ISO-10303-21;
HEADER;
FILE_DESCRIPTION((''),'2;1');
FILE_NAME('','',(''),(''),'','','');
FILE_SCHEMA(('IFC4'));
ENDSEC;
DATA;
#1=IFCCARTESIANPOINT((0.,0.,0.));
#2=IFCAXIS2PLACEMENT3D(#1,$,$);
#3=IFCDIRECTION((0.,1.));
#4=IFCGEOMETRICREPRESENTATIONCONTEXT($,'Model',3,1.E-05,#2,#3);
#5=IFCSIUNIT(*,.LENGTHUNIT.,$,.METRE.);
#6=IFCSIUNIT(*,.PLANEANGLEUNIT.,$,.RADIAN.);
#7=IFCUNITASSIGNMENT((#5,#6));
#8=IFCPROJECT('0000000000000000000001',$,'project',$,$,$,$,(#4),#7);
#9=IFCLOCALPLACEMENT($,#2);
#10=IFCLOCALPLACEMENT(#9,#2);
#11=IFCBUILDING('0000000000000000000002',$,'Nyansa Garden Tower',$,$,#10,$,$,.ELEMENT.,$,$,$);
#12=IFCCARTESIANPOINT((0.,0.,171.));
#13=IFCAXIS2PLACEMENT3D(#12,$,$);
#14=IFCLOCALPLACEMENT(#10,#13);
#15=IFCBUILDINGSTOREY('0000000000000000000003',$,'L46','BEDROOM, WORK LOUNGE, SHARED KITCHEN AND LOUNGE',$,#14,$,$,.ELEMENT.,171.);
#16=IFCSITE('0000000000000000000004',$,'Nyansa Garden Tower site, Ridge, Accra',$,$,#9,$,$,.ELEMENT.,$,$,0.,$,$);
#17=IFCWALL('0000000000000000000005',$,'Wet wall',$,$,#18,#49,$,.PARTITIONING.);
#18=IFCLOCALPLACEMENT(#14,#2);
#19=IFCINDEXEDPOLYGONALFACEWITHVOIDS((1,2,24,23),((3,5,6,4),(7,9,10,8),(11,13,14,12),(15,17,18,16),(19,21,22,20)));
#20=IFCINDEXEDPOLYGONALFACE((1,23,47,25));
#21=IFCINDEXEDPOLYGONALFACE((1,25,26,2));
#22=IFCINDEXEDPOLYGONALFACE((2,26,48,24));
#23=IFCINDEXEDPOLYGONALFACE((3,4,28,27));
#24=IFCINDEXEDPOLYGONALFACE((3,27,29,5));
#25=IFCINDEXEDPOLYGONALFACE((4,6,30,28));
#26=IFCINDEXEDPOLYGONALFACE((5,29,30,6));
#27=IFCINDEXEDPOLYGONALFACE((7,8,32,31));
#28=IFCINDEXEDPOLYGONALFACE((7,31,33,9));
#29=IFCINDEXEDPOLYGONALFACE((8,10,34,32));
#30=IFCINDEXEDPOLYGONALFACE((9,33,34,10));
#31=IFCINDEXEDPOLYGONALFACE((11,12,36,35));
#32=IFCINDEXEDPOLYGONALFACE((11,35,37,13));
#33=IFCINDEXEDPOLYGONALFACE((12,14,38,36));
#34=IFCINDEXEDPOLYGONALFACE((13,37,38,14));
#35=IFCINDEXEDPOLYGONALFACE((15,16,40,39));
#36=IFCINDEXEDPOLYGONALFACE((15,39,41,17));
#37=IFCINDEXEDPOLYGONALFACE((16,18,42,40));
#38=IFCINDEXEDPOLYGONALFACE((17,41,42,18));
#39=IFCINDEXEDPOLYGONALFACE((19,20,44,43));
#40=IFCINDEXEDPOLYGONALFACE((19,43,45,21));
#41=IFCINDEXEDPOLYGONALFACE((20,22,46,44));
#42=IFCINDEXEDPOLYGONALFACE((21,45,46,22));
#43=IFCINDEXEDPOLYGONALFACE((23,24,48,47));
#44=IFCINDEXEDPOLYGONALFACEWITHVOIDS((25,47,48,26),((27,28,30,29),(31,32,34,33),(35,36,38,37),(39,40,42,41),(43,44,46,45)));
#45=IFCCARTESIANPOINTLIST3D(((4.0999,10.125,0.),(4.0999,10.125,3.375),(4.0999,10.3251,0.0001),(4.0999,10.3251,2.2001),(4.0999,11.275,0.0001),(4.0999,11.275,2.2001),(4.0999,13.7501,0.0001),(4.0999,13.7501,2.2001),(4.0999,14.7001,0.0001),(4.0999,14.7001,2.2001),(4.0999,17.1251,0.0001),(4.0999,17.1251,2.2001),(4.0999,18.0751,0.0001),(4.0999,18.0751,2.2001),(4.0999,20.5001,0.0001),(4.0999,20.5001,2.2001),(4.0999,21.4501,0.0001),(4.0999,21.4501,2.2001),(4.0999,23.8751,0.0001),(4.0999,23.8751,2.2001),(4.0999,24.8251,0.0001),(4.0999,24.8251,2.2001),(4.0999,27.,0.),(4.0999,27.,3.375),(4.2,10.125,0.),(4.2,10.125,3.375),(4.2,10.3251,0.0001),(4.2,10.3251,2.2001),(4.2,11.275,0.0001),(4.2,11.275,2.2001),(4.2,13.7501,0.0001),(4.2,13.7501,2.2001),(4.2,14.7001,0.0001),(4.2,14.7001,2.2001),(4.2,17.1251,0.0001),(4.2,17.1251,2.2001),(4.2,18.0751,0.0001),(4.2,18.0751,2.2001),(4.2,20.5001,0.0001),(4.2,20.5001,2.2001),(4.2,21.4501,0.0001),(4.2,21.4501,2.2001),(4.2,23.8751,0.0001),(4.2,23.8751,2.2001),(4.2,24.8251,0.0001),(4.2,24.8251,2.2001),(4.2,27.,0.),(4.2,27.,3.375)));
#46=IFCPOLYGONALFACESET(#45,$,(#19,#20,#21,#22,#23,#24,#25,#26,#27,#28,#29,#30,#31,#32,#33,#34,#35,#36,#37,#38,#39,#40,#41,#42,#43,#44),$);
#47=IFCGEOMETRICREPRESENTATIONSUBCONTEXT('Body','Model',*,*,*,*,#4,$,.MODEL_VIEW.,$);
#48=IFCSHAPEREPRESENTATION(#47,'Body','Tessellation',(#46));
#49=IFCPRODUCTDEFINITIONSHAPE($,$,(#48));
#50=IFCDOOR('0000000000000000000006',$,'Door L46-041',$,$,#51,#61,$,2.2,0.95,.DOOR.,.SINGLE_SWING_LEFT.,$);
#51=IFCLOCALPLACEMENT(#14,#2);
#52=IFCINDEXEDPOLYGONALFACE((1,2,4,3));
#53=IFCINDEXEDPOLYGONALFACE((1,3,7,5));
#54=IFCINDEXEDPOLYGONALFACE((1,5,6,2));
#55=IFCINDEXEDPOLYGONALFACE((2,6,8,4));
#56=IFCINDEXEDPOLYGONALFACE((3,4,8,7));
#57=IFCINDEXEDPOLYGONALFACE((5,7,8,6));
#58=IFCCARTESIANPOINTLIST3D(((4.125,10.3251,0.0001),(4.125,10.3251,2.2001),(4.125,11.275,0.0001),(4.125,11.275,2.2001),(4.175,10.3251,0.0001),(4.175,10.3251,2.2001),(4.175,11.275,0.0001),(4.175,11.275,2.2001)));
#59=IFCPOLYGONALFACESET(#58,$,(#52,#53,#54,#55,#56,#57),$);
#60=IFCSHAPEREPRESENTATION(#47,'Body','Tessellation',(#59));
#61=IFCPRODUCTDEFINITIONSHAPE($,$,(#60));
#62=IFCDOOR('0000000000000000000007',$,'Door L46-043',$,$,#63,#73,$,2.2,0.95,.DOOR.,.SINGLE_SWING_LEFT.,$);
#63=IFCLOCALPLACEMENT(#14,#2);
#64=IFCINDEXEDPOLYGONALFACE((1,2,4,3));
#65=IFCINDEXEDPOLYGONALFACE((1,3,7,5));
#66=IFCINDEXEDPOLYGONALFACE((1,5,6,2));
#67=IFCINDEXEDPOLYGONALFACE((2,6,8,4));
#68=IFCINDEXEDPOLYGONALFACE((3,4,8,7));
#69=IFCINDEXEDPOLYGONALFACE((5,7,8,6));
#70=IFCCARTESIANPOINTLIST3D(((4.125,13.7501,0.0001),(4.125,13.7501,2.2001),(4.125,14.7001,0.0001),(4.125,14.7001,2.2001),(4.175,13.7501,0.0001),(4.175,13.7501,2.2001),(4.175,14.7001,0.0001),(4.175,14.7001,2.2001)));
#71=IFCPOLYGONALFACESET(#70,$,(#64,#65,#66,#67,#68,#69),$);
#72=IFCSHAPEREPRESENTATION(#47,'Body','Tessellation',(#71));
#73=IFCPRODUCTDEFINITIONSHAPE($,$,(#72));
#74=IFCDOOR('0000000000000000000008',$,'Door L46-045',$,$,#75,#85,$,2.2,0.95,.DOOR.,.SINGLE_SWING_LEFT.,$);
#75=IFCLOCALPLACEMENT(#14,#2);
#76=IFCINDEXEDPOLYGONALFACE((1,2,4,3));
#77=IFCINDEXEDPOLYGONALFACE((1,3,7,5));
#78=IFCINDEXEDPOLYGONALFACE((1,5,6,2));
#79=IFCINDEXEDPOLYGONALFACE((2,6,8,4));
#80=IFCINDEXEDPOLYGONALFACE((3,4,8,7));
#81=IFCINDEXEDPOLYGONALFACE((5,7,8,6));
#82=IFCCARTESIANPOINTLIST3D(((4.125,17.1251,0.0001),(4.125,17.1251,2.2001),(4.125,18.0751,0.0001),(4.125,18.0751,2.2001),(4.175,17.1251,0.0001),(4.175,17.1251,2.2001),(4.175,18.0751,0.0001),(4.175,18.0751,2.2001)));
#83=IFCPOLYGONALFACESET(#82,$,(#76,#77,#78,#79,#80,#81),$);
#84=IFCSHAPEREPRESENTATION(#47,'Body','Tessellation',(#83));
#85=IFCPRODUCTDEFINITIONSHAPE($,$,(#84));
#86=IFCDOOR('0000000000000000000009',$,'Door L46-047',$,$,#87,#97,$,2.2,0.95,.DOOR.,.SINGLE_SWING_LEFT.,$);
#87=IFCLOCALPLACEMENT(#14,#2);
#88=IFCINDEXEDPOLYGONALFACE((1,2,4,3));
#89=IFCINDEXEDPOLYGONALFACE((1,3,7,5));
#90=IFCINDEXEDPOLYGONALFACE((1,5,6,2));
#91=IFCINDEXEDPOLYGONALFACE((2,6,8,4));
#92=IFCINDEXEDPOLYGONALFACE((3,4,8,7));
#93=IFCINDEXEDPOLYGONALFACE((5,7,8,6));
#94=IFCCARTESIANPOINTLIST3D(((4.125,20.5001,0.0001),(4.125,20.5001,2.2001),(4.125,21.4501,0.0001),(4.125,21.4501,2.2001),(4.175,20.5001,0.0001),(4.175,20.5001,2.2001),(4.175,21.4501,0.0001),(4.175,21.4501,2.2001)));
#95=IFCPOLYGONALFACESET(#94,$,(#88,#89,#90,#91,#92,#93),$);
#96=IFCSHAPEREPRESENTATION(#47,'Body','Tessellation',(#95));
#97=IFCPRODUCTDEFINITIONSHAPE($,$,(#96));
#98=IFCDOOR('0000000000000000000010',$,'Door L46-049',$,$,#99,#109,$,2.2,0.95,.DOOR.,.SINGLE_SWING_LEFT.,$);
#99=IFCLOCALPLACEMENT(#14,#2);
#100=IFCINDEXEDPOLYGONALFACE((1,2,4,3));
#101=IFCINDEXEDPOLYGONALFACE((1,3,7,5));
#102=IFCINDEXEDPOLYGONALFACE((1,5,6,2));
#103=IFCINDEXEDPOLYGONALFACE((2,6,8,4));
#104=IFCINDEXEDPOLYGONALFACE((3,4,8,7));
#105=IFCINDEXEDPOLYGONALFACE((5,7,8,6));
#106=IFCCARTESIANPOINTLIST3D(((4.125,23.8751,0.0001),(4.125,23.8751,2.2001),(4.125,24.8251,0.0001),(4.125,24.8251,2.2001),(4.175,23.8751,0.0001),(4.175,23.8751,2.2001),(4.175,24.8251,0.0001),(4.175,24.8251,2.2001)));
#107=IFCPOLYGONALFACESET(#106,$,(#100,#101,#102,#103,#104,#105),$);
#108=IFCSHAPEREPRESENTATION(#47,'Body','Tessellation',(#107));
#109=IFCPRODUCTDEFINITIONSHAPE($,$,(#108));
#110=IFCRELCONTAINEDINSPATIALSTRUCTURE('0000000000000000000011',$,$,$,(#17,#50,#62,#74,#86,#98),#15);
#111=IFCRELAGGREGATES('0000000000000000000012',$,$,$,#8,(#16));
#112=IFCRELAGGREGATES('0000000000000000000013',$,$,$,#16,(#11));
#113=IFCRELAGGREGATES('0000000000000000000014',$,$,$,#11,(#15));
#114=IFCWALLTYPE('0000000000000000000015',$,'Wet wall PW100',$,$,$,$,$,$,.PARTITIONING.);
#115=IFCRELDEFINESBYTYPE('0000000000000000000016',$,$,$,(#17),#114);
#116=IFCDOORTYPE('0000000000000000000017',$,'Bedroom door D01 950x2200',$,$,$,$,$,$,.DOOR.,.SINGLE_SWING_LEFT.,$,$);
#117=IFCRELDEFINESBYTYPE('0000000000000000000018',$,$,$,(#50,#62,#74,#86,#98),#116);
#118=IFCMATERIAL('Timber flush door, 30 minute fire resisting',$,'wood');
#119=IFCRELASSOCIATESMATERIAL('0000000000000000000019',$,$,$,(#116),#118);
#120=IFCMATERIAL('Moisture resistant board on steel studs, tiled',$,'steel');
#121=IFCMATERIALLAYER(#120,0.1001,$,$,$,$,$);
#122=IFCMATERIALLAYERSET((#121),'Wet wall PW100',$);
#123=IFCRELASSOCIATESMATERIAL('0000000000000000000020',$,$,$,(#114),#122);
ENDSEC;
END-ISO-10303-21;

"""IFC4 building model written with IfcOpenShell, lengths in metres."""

from ifc_helpers import new_model, si_unit, direction, frame, frame_2d, origin, place, context, subcontext, project, spatial, rectangle, extrude, material, layer, layer_set, type_object, element, fill, save


model = new_model("IFC4")

# Units and contexts
model_context = context("Model", 3, precision=1e-05, world=origin(), true_north=direction((0.0, 1.0)))
body_context = subcontext(model_context, "Body", "Model", "MODEL_VIEW")
ifc_project = project(units=[si_unit("LENGTHUNIT", "METRE"), si_unit("PLANEANGLEUNIT", "RADIAN")], contexts=[model_context])

# Site, building, storey
site_placement = place(None, origin())
site = spatial("IfcSite", under=ifc_project, at=site_placement, Name="Nyansa Garden Tower site, Ridge, Accra", CompositionType="ELEMENT", RefElevation=0.0)
building_placement = place(site_placement, origin())
building = spatial("IfcBuilding", under=site, at=building_placement, Name="Nyansa Garden Tower", CompositionType="ELEMENT")
storey_placement = place(building_placement, frame((0.0, 0.0, 171.0)))
storey = spatial("IfcBuildingStorey", under=building, at=storey_placement, Name="L46", Description="BEDROOM, WORK LOUNGE, SHARED KITCHEN AND LOUNGE", CompositionType="ELEMENT", Elevation=171.0)

# Shared definitions
ifc_material_1 = material(Name="Timber flush door, 30 minute fire resisting", Category="wood")
door_type_1 = type_object("IfcDoorType", Name="Bedroom door D01 950x2200", OperationType="SINGLE_SWING_LEFT", PredefinedType="DOOR", material=ifc_material_1)

# Shared definitions
ifc_material_2 = material(Name="Moisture resistant board on steel studs, tiled", Category="steel")
ifc_layer_1 = layer(ifc_material_2, 0.1001)
ifc_layer_set_1 = layer_set([ifc_layer_1], Name="Wet wall PW100")
wall_type_1 = type_object("IfcWallType", Name="Wet wall PW100", PredefinedType="PARTITIONING", material=ifc_layer_set_1)

# Wall, openings, doors
wall_1_placement = place(storey_placement, frame((4.1499, 10.125, 0.0), z_axis=(0.0, 0.0, 1.0), x_axis=(0.0, 1.0, 0.0)))
wall_1 = element("IfcWall", 1, at=wall_1_placement, inside=storey, type_object=wall_type_1, Name="Wet wall", PredefinedType="PARTITIONING", context=body_context, shape_type="SweptSolid", body=[
    extrude(rectangle(XDim=16.875, YDim=0.1001, at=frame_2d((8.4375, 0.0))), origin(), (0.0, 0.0, 1.0), 3.375),
])
opening_1_placement = place(wall_1_placement, frame((0.2, 0.0, 0.0)))
opening_1 = element("IfcOpeningElement", 2, at=opening_1_placement, cuts=wall_1, PredefinedType="OPENING", context=body_context, shape_type="SweptSolid", body=[
    extrude(rectangle(XDim=0.95, YDim=2.2, at=frame_2d((0.4751, 1.1001))), frame((0.0, 0.0601, 0.0), z_axis=(0.0, -1.0, 0.0), x_axis=(1.0, 0.0, 0.0)), (0.0, 0.0, 1.0), 0.1201),
])
opening_2_placement = place(wall_1_placement, frame((3.625, 0.0, 0.0)))
opening_2 = element("IfcOpeningElement", 3, at=opening_2_placement, cuts=wall_1, PredefinedType="OPENING", context=body_context, shape_type="SweptSolid", body=[
    extrude(rectangle(XDim=0.95, YDim=2.2, at=frame_2d((0.4751, 1.1001))), frame((0.0, 0.0601, 0.0), z_axis=(0.0, -1.0, 0.0), x_axis=(1.0, 0.0, 0.0)), (0.0, 0.0, 1.0), 0.1201),
])
opening_3_placement = place(wall_1_placement, frame((7.0, 0.0, 0.0)))
opening_3 = element("IfcOpeningElement", 4, at=opening_3_placement, cuts=wall_1, PredefinedType="OPENING", context=body_context, shape_type="SweptSolid", body=[
    extrude(rectangle(XDim=0.95, YDim=2.2, at=frame_2d((0.4751, 1.1001))), frame((0.0, 0.0601, 0.0), z_axis=(0.0, -1.0, 0.0), x_axis=(1.0, 0.0, 0.0)), (0.0, 0.0, 1.0), 0.1201),
])
opening_4_placement = place(wall_1_placement, frame((10.375, 0.0, 0.0)))
opening_4 = element("IfcOpeningElement", 5, at=opening_4_placement, cuts=wall_1, PredefinedType="OPENING", context=body_context, shape_type="SweptSolid", body=[
    extrude(rectangle(XDim=0.95, YDim=2.2, at=frame_2d((0.4751, 1.1001))), frame((0.0, 0.0601, 0.0), z_axis=(0.0, -1.0, 0.0), x_axis=(1.0, 0.0, 0.0)), (0.0, 0.0, 1.0), 0.1201),
])
opening_5_placement = place(wall_1_placement, frame((13.75, 0.0, 0.0)))
opening_5 = element("IfcOpeningElement", 6, at=opening_5_placement, cuts=wall_1, PredefinedType="OPENING", context=body_context, shape_type="SweptSolid", body=[
    extrude(rectangle(XDim=0.95, YDim=2.2, at=frame_2d((0.4751, 1.1001))), frame((0.0, 0.0601, 0.0), z_axis=(0.0, -1.0, 0.0), x_axis=(1.0, 0.0, 0.0)), (0.0, 0.0, 1.0), 0.1201),
])
door_1_placement = place(opening_1_placement, origin())
door_1 = element("IfcDoor", 7, at=door_1_placement, inside=storey, type_object=door_type_1, Name="Door L46-041", OperationType="SINGLE_SWING_LEFT", OverallHeight=2.2, OverallWidth=0.95, PredefinedType="DOOR", context=body_context, shape_type="SweptSolid", body=[
    extrude(rectangle(XDim=0.95, YDim=2.2, at=frame_2d((0.4751, 1.1001))), frame((0.0, 0.0249, 0.0), z_axis=(0.0, -1.0, 0.0), x_axis=(1.0, 0.0, 0.0)), (0.0, 0.0, 1.0), 0.05),
])
fill(opening_1, door_1)
door_2_placement = place(opening_2_placement, origin())
door_2 = element("IfcDoor", 8, at=door_2_placement, inside=storey, type_object=door_type_1, Name="Door L46-043", OperationType="SINGLE_SWING_LEFT", OverallHeight=2.2, OverallWidth=0.95, PredefinedType="DOOR", context=body_context, shape_type="SweptSolid", body=[
    extrude(rectangle(XDim=0.95, YDim=2.2, at=frame_2d((0.4751, 1.1001))), frame((0.0, 0.0249, 0.0), z_axis=(0.0, -1.0, 0.0), x_axis=(1.0, 0.0, 0.0)), (0.0, 0.0, 1.0), 0.05),
])
fill(opening_2, door_2)
door_3_placement = place(opening_3_placement, origin())
door_3 = element("IfcDoor", 9, at=door_3_placement, inside=storey, type_object=door_type_1, Name="Door L46-045", OperationType="SINGLE_SWING_LEFT", OverallHeight=2.2, OverallWidth=0.95, PredefinedType="DOOR", context=body_context, shape_type="SweptSolid", body=[
    extrude(rectangle(XDim=0.95, YDim=2.2, at=frame_2d((0.4751, 1.1001))), frame((0.0, 0.0249, 0.0), z_axis=(0.0, -1.0, 0.0), x_axis=(1.0, 0.0, 0.0)), (0.0, 0.0, 1.0), 0.05),
])
fill(opening_3, door_3)
door_4_placement = place(opening_4_placement, origin())
door_4 = element("IfcDoor", 10, at=door_4_placement, inside=storey, type_object=door_type_1, Name="Door L46-047", OperationType="SINGLE_SWING_LEFT", OverallHeight=2.2, OverallWidth=0.95, PredefinedType="DOOR", context=body_context, shape_type="SweptSolid", body=[
    extrude(rectangle(XDim=0.95, YDim=2.2, at=frame_2d((0.4751, 1.1001))), frame((0.0, 0.0249, 0.0), z_axis=(0.0, -1.0, 0.0), x_axis=(1.0, 0.0, 0.0)), (0.0, 0.0, 1.0), 0.05),
])
fill(opening_4, door_4)
door_5_placement = place(opening_5_placement, origin())
door_5 = element("IfcDoor", 11, at=door_5_placement, inside=storey, type_object=door_type_1, Name="Door L46-049", OperationType="SINGLE_SWING_LEFT", OverallHeight=2.2, OverallWidth=0.95, PredefinedType="DOOR", context=body_context, shape_type="SweptSolid", body=[
    extrude(rectangle(XDim=0.95, YDim=2.2, at=frame_2d((0.4751, 1.1001))), frame((0.0, 0.0249, 0.0), z_axis=(0.0, -1.0, 0.0), x_axis=(1.0, 0.0, 0.0)), (0.0, 0.0, 1.0), 0.05),
])
fill(opening_5, door_5)

save(model, "model.ifc")
